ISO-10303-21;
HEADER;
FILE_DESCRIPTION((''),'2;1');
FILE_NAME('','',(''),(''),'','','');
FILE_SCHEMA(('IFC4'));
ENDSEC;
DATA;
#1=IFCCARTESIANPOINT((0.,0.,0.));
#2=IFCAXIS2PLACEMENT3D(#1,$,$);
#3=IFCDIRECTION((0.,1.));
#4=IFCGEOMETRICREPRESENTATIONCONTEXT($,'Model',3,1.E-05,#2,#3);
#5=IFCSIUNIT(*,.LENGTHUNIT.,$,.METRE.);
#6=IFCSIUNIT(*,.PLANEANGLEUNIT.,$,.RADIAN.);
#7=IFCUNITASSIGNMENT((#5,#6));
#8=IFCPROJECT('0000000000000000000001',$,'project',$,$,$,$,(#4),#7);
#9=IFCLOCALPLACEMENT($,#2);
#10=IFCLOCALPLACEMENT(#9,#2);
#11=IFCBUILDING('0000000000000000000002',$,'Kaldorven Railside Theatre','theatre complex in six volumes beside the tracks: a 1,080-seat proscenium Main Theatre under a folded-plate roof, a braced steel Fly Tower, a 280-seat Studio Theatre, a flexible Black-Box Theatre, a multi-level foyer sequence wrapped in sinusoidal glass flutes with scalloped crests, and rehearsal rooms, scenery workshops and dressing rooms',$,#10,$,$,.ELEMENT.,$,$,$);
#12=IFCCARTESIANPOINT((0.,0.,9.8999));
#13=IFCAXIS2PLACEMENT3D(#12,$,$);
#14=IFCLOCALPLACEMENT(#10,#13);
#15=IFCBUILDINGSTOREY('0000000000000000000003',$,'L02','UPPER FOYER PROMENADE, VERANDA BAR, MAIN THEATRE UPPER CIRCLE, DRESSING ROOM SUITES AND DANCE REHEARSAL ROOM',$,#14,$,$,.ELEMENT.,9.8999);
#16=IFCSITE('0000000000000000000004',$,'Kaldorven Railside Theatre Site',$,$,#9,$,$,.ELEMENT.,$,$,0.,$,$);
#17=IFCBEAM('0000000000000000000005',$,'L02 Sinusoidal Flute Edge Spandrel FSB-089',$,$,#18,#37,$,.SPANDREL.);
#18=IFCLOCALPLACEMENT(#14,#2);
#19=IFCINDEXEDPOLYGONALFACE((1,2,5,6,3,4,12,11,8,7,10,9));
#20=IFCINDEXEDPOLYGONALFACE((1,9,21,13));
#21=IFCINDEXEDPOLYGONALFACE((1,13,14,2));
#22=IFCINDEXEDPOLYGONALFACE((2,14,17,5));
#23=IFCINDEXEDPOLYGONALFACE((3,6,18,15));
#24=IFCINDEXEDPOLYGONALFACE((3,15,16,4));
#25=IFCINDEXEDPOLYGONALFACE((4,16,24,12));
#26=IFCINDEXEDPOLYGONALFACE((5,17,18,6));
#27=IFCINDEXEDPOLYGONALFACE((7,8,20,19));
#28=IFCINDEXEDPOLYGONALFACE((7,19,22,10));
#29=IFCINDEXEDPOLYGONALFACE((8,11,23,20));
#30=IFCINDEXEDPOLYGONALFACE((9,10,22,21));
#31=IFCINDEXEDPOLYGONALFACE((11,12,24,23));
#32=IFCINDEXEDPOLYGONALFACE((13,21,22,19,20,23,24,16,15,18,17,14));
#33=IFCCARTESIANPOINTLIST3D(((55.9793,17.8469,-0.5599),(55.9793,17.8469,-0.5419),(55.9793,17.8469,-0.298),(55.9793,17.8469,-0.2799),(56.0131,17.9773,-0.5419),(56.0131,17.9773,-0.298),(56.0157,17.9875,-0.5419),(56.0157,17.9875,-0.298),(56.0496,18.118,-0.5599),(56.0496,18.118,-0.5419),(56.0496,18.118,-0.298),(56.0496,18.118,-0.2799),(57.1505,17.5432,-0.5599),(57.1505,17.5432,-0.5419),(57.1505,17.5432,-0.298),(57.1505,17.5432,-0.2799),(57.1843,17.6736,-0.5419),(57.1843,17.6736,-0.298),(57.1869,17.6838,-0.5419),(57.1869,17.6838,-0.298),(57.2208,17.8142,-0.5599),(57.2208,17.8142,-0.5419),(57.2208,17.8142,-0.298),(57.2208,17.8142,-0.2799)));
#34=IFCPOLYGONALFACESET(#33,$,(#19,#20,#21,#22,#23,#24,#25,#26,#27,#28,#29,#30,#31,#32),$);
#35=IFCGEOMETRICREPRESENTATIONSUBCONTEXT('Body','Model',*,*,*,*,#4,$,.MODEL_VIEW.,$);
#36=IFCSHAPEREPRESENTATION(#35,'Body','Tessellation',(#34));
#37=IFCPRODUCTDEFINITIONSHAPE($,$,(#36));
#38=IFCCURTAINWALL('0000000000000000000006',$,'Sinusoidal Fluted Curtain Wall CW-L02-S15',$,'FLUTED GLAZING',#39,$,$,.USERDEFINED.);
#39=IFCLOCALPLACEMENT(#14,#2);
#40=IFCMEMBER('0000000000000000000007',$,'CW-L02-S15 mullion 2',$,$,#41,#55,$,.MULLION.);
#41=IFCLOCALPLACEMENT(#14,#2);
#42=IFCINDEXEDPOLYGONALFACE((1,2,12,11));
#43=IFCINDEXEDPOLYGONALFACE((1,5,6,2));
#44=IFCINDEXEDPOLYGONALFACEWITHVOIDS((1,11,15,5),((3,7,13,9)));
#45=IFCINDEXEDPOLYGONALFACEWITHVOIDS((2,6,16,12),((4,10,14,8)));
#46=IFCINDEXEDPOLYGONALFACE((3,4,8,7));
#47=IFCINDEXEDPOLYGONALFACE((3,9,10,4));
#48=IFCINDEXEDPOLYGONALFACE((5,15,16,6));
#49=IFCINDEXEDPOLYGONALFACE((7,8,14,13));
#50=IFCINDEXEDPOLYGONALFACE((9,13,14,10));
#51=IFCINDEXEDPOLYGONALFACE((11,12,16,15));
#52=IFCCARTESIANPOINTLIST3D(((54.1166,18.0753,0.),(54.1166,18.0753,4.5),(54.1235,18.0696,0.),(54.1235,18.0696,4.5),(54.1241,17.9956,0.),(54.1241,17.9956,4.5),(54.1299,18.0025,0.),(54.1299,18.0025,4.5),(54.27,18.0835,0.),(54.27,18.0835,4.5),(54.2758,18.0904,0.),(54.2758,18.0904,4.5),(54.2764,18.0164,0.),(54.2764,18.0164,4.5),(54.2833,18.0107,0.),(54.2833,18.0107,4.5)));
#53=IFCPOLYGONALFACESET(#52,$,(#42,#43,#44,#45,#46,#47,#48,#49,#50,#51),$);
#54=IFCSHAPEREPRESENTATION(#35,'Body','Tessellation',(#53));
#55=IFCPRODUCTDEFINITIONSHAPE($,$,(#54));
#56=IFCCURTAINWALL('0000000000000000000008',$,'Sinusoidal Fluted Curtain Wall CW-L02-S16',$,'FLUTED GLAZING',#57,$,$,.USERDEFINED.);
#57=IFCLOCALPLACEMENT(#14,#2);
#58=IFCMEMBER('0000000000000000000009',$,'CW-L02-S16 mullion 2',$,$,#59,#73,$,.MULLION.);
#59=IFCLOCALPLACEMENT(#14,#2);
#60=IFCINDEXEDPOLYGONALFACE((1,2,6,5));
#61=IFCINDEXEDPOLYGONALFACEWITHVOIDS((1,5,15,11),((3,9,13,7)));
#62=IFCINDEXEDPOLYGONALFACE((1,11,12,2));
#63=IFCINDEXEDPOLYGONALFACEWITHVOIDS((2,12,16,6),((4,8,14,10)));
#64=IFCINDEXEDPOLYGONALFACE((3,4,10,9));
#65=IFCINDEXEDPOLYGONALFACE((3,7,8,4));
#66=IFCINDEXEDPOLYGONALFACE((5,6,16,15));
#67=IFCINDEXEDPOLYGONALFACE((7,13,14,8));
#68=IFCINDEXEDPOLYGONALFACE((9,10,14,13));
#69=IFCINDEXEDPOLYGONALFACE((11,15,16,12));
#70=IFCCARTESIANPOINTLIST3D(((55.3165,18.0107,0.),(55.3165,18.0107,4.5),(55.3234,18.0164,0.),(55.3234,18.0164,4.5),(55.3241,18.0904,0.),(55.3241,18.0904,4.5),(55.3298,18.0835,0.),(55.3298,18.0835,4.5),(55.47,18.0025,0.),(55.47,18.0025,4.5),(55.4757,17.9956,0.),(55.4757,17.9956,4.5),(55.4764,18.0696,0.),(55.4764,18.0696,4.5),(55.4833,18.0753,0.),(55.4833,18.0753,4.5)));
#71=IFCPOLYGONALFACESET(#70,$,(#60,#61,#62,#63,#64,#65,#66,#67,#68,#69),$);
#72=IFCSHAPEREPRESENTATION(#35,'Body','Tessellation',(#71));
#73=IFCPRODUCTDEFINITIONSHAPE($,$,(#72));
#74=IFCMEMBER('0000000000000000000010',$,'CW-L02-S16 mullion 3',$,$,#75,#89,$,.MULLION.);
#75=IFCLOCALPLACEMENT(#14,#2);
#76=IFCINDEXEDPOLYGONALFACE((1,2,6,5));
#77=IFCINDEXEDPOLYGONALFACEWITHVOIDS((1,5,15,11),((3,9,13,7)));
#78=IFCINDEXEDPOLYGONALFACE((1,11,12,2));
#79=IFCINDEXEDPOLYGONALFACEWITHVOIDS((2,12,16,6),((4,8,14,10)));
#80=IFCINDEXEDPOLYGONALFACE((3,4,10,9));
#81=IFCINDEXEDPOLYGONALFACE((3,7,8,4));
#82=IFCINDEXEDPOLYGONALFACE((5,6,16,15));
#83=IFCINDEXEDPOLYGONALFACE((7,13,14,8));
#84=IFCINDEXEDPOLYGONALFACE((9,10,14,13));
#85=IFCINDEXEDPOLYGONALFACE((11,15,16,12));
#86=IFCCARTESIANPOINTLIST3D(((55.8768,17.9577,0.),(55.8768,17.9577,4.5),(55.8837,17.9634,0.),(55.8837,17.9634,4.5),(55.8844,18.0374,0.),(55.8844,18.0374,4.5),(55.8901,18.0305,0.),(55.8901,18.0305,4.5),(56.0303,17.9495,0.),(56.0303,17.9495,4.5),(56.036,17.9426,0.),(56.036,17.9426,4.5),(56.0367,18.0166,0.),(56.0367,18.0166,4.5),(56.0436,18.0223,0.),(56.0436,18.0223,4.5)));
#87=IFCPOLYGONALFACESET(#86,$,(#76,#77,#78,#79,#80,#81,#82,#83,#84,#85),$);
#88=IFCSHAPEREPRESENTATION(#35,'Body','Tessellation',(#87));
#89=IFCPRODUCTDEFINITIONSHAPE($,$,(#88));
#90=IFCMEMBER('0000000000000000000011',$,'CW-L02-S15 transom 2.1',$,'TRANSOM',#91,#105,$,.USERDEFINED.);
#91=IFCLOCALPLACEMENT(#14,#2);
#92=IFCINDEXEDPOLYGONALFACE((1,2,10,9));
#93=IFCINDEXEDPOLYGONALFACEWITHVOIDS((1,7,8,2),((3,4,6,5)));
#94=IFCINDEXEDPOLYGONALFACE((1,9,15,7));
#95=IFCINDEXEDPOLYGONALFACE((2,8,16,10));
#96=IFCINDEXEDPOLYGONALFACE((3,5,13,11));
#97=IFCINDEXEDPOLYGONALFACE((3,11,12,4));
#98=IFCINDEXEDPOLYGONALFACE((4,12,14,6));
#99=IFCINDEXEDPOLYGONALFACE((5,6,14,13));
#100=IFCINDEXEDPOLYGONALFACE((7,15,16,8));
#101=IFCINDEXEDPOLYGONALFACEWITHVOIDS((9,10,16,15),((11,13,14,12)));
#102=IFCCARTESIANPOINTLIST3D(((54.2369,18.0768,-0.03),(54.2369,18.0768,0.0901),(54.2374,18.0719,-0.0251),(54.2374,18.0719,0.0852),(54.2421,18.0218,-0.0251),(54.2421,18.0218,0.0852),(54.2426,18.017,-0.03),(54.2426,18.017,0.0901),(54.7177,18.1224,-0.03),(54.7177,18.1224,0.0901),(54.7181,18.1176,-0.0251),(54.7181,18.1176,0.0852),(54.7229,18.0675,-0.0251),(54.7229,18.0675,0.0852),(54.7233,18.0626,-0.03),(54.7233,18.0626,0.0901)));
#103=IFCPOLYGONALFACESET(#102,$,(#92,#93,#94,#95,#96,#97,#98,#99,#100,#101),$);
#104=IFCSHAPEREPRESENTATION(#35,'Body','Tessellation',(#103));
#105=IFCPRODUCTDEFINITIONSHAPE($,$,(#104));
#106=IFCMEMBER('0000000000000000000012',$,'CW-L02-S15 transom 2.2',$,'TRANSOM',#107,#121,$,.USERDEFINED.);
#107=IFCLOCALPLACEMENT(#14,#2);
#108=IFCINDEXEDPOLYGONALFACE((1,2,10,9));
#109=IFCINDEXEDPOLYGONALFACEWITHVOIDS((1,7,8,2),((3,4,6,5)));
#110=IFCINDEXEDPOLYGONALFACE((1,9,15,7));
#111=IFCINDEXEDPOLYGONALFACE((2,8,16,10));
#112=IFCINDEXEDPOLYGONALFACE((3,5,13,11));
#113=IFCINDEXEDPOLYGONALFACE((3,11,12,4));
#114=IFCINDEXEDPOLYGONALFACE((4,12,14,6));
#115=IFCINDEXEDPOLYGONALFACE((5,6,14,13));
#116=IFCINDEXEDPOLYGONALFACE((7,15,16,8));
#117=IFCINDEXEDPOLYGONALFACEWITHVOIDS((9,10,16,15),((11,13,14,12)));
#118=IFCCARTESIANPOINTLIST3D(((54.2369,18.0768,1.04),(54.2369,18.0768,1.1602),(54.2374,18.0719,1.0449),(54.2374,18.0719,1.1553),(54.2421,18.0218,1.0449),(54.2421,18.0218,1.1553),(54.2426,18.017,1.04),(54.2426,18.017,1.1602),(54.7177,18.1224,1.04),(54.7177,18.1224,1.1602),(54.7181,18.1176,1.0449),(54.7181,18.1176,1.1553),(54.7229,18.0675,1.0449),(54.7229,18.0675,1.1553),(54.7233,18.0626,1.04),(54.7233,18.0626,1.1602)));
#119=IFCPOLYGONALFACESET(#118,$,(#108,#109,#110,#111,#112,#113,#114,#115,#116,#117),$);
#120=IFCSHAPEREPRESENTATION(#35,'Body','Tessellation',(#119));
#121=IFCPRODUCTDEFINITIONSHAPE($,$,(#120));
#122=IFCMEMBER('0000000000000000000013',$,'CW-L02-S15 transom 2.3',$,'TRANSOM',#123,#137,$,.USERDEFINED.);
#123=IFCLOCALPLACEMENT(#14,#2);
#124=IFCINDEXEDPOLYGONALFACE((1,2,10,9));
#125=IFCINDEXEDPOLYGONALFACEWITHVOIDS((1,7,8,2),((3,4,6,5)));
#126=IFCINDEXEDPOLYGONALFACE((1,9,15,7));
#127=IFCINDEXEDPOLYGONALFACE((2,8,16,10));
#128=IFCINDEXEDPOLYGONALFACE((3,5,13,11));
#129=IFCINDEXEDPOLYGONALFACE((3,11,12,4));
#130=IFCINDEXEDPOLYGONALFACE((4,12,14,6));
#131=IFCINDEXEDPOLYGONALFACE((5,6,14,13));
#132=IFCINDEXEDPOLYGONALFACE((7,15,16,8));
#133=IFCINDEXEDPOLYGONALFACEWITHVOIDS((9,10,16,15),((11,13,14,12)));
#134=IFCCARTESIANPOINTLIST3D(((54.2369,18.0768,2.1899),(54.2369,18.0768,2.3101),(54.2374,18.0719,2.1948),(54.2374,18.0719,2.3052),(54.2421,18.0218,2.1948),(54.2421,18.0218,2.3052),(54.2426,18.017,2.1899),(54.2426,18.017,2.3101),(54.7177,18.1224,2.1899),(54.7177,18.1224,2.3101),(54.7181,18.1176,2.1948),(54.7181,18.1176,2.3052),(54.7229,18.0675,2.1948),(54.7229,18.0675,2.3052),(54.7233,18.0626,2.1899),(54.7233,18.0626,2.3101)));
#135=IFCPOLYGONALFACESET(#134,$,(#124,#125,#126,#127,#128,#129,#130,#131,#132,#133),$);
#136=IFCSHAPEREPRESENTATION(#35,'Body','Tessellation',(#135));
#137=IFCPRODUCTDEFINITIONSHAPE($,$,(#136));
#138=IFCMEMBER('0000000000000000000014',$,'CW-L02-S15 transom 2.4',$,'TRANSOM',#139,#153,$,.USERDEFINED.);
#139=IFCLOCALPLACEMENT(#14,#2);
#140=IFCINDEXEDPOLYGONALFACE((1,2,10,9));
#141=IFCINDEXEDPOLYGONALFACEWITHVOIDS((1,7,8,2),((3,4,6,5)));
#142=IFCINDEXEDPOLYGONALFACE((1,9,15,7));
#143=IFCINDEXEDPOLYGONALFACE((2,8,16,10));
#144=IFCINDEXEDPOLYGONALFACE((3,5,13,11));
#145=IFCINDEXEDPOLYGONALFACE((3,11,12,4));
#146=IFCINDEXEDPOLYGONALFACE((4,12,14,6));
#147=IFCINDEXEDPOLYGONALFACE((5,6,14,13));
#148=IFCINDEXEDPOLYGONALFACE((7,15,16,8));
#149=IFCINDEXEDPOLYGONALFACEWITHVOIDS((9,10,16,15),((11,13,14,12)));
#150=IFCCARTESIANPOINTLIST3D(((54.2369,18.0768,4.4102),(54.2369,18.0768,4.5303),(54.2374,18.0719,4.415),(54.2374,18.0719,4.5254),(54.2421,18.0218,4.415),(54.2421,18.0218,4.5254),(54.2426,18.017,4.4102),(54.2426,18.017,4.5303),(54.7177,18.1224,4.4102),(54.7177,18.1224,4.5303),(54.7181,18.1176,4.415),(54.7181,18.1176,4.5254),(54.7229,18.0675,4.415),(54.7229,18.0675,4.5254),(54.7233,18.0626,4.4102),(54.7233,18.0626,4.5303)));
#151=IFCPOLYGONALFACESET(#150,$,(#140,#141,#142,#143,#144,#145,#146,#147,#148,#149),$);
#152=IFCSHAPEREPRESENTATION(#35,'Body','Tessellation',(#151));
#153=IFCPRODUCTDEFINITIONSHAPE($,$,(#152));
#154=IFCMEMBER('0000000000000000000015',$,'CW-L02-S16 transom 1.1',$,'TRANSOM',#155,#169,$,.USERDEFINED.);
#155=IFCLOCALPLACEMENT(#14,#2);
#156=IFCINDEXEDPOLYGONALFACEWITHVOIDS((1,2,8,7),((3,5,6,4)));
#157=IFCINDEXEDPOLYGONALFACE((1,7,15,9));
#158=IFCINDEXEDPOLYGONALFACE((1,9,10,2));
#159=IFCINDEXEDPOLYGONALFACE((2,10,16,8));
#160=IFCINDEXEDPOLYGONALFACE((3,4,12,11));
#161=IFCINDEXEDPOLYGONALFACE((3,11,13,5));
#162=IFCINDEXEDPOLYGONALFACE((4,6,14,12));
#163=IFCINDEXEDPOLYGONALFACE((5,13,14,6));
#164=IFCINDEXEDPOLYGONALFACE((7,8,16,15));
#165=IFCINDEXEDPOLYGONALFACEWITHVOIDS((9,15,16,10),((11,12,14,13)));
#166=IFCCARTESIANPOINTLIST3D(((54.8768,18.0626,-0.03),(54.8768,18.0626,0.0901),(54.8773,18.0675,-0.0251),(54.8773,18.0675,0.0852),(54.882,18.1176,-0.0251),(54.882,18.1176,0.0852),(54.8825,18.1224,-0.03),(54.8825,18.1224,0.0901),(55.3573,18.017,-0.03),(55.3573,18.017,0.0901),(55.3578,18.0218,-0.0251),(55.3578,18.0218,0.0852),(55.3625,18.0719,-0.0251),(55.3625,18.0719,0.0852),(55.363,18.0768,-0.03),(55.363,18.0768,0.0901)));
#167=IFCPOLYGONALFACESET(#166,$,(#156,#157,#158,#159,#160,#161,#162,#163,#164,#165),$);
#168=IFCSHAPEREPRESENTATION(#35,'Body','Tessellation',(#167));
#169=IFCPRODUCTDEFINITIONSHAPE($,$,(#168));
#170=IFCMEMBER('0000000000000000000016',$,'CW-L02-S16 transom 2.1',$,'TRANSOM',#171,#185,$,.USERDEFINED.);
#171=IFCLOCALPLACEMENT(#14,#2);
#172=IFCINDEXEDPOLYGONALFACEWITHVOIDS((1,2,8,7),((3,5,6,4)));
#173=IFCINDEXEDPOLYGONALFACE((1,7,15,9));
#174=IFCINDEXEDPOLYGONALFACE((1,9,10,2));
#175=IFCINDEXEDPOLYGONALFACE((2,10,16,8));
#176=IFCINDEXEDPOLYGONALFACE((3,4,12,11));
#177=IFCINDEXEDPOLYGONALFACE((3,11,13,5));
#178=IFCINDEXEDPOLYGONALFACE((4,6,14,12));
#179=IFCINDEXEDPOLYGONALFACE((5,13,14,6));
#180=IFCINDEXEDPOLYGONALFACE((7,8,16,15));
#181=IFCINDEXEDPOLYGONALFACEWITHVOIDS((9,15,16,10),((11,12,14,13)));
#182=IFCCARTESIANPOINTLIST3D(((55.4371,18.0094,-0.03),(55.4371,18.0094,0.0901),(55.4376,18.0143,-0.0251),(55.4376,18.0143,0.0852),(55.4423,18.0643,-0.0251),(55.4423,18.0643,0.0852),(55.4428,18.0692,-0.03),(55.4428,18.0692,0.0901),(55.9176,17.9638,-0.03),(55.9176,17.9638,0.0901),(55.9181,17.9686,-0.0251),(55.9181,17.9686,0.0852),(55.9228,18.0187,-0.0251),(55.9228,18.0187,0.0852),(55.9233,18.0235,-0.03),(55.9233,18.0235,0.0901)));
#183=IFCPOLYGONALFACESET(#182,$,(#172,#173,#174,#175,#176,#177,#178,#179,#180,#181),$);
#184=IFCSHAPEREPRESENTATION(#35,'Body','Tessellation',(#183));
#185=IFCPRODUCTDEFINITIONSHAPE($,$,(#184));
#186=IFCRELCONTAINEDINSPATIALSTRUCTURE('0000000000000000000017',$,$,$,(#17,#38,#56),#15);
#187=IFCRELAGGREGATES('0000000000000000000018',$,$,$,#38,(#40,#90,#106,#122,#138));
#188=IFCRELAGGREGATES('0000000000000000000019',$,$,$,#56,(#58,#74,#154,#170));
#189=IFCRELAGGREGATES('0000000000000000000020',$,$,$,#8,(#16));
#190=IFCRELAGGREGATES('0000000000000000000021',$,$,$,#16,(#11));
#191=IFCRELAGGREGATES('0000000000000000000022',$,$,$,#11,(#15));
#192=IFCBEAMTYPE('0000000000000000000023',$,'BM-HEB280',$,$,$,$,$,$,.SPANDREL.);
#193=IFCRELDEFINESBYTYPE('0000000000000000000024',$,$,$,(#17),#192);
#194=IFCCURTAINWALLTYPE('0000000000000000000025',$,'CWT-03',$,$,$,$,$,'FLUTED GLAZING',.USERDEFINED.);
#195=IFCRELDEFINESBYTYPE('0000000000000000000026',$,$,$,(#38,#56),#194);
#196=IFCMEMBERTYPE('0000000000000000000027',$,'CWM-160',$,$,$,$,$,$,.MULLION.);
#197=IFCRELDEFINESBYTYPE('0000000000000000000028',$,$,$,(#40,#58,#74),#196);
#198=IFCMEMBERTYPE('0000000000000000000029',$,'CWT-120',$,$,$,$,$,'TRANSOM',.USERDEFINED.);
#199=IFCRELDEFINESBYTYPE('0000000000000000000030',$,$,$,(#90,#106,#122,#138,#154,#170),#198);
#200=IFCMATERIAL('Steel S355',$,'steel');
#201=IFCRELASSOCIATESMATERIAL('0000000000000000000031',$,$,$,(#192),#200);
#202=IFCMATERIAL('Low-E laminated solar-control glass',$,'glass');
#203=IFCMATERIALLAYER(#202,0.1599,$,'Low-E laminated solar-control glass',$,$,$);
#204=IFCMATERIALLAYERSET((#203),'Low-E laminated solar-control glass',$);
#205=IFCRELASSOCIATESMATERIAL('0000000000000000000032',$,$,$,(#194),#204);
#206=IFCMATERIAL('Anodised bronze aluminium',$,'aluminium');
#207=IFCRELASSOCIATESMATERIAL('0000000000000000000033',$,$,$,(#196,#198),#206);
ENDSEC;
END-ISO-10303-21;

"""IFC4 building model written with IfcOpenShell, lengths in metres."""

from ifc_helpers import new_model, si_unit, direction, frame, origin, origin_2d, place, context, subcontext, project, spatial, hollow_rectangle, i_section, extrude, material, layer, layer_set, material_profile, profile_set, type_object, element, aggregate, save


model = new_model("IFC4")

# Units and contexts
model_context = context("Model", 3, precision=1e-05, world=origin(), true_north=direction((0.0, 1.0)))
body_context = subcontext(model_context, "Body", "Model", "MODEL_VIEW")
ifc_project = project(units=[si_unit("LENGTHUNIT", "METRE"), si_unit("PLANEANGLEUNIT", "RADIAN")], contexts=[model_context])

# Site, building, storey
site_placement = place(None, origin())
site = spatial("IfcSite", under=ifc_project, at=site_placement, Name="Kaldorven Railside Theatre Site", CompositionType="ELEMENT", RefElevation=0.0)
building_placement = place(site_placement, origin())
building = spatial("IfcBuilding", under=site, at=building_placement, Name="Kaldorven Railside Theatre", Description="theatre complex in six volumes beside the tracks: a 1,080-seat proscenium Main Theatre under a folded-plate roof, a braced steel Fly Tower, a 280-seat Studio Theatre, a flexible Black-Box Theatre, a multi-level foyer sequence wrapped in sinusoidal glass flutes with scalloped crests, and rehearsal rooms, scenery workshops and dressing rooms", CompositionType="ELEMENT")
storey_placement = place(building_placement, frame((0.0, 0.0, 9.8999)))
storey = spatial("IfcBuildingStorey", under=building, at=storey_placement, Name="L02", Description="UPPER FOYER PROMENADE, VERANDA BAR, MAIN THEATRE UPPER CIRCLE, DRESSING ROOM SUITES AND DANCE REHEARSAL ROOM", CompositionType="ELEMENT", Elevation=9.8999)

# Beam
ifc_material_1 = material(Name="Steel S355", Category="steel")
ifc_material_profile_1 = material_profile(ifc_material_1, i_section(OverallWidth=0.28, OverallDepth=0.28, WebThickness=0.0105, FlangeThickness=0.0181, at=origin_2d()), Name="HEB 280")
ifc_profile_set_1 = profile_set([ifc_material_profile_1], Name="Steel S355")
beam_type = type_object("IfcBeamType", Name="BM-HEB280", PredefinedType="SPANDREL", material=ifc_profile_set_1)
beam_placement = place(storey_placement, frame((56.0144, 17.9824, -0.4199), z_axis=(0.967981, -0.251025, 0.0), x_axis=(0.251025, 0.967981, 0.0)))
element("IfcBeam", 1, at=beam_placement, inside=storey, type_object=beam_type, Name="L02 Sinusoidal Flute Edge Spandrel FSB-089", PredefinedType="SPANDREL", context=body_context, shape_type="SweptSolid", body=[
    extrude(i_section(OverallWidth=0.28, OverallDepth=0.28, WebThickness=0.0105, FlangeThickness=0.0181, at=origin_2d()), origin(), (0.0, 0.0, 1.0), 1.21),
])

# Curtain wall, member
ifc_material_2 = material(Name="Low-E laminated solar-control glass", Category="glass")
ifc_layer_1 = layer(ifc_material_2, 0.1599, Name="Low-E laminated solar-control glass")
ifc_layer_set_1 = layer_set([ifc_layer_1], Name="Low-E laminated solar-control glass")
curtain_wall_type = type_object("IfcCurtainWallType", Name="CWT-03", ElementType="FLUTED GLAZING", PredefinedType="USERDEFINED", material=ifc_layer_set_1)
curtain_wall_1_placement = place(storey_placement, origin())
curtain_wall_1 = element("IfcCurtainWall", 2, at=curtain_wall_1_placement, inside=storey, type_object=curtain_wall_type, Name="Sinusoidal Fluted Curtain Wall CW-L02-S15", ObjectType="FLUTED GLAZING", PredefinedType="USERDEFINED")
ifc_material_3 = material(Name="Anodised bronze aluminium", Category="aluminium")
ifc_material_profile_2 = material_profile(ifc_material_3, hollow_rectangle(XDim=0.0801, YDim=0.1599, WallThickness=0.0063, at=origin_2d()), Name="RHS 160x80x6.3")
ifc_profile_set_2 = profile_set([ifc_material_profile_2], Name="Anodised bronze aluminium")
member_type_1 = type_object("IfcMemberType", Name="CWM-160", PredefinedType="MULLION", material=ifc_profile_set_2)
member_1_placement = place(storey_placement, frame((54.2, 18.043, 0.0), z_axis=(0.0, 0.0, 1.0), x_axis=(-0.094492, 0.995526, 0.0)))
member_1 = element("IfcMember", 3, at=member_1_placement, type_object=member_type_1, Name="CW-L02-S15 mullion 2", PredefinedType="MULLION", context=body_context, shape_type="SweptSolid", body=[
    extrude(hollow_rectangle(XDim=0.0801, YDim=0.1599, WallThickness=0.0063, at=origin_2d()), origin(), (0.0, 0.0, 1.0), 4.5),
])

# Curtain wall, members
curtain_wall_2_placement = place(storey_placement, origin())
curtain_wall_2 = element("IfcCurtainWall", 4, at=curtain_wall_2_placement, inside=storey, type_object=curtain_wall_type, Name="Sinusoidal Fluted Curtain Wall CW-L02-S16", ObjectType="FLUTED GLAZING", PredefinedType="USERDEFINED")
member_2_placement = place(storey_placement, frame((55.3999, 18.043, 0.0), z_axis=(0.0, 0.0, 1.0), x_axis=(0.094492, 0.995526, 0.0)))
member_2 = element("IfcMember", 5, at=member_2_placement, type_object=member_type_1, Name="CW-L02-S16 mullion 2", PredefinedType="MULLION", context=body_context, shape_type="SweptSolid", body=[
    extrude(hollow_rectangle(XDim=0.0801, YDim=0.1599, WallThickness=0.0063, at=origin_2d()), origin(), (0.0, 0.0, 1.0), 4.5),
])
member_3_placement = place(storey_placement, frame((55.9602, 17.99, 0.0), z_axis=(0.0, 0.0, 1.0), x_axis=(0.094492, 0.995526, 0.0)))
member_3 = element("IfcMember", 6, at=member_3_placement, type_object=member_type_1, Name="CW-L02-S16 mullion 3", PredefinedType="MULLION", context=body_context, shape_type="SweptSolid", body=[
    extrude(hollow_rectangle(XDim=0.0801, YDim=0.1599, WallThickness=0.0063, at=origin_2d()), origin(), (0.0, 0.0, 1.0), 4.5),
])

# Members
ifc_material_profile_3 = material_profile(ifc_material_3, hollow_rectangle(XDim=0.0601, YDim=0.1201, WallThickness=0.0049, at=origin_2d()), Name="RHS 120x60x5")
ifc_profile_set_3 = profile_set([ifc_material_profile_3], Name="Anodised bronze aluminium")
member_type_2 = type_object("IfcMemberType", Name="CWT-120", ElementType="TRANSOM", PredefinedType="USERDEFINED", material=ifc_profile_set_3)
member_4_placement = place(storey_placement, frame((54.2397, 18.0469, 0.03), z_axis=(0.99552, 0.094547, 0.0), x_axis=(-0.094547, 0.99552, 0.0)))
member_4 = element("IfcMember", 7, at=member_4_placement, type_object=member_type_2, Name="CW-L02-S15 transom 2.1", ObjectType="TRANSOM", PredefinedType="USERDEFINED", context=body_context, shape_type="SweptSolid", body=[
    extrude(hollow_rectangle(XDim=0.0601, YDim=0.1201, WallThickness=0.0049, at=origin_2d()), origin(), (0.0, 0.0, 1.0), 0.4829),
])
member_5_placement = place(storey_placement, frame((54.2397, 18.0469, 1.1001), z_axis=(0.99552, 0.094547, 0.0), x_axis=(-0.094547, 0.99552, 0.0)))
member_5 = element("IfcMember", 8, at=member_5_placement, type_object=member_type_2, Name="CW-L02-S15 transom 2.2", ObjectType="TRANSOM", PredefinedType="USERDEFINED", context=body_context, shape_type="SweptSolid", body=[
    extrude(hollow_rectangle(XDim=0.0601, YDim=0.1201, WallThickness=0.0049, at=origin_2d()), origin(), (0.0, 0.0, 1.0), 0.4829),
])
member_6_placement = place(storey_placement, frame((54.2397, 18.0469, 2.25), z_axis=(0.99552, 0.094547, 0.0), x_axis=(-0.094547, 0.99552, 0.0)))
member_6 = element("IfcMember", 9, at=member_6_placement, type_object=member_type_2, Name="CW-L02-S15 transom 2.3", ObjectType="TRANSOM", PredefinedType="USERDEFINED", context=body_context, shape_type="SweptSolid", body=[
    extrude(hollow_rectangle(XDim=0.0601, YDim=0.1201, WallThickness=0.0049, at=origin_2d()), origin(), (0.0, 0.0, 1.0), 0.4829),
])
member_7_placement = place(storey_placement, frame((54.2397, 18.0469, 4.4702), z_axis=(0.99552, 0.094547, 0.0), x_axis=(-0.094547, 0.99552, 0.0)))
member_7 = element("IfcMember", 10, at=member_7_placement, type_object=member_type_2, Name="CW-L02-S15 transom 2.4", ObjectType="TRANSOM", PredefinedType="USERDEFINED", context=body_context, shape_type="SweptSolid", body=[
    extrude(hollow_rectangle(XDim=0.0601, YDim=0.1201, WallThickness=0.0049, at=origin_2d()), origin(), (0.0, 0.0, 1.0), 0.4829),
])
member_8_placement = place(storey_placement, frame((54.8796, 18.0925, 0.03), z_axis=(0.995516, -0.094594, 0.0), x_axis=(0.094594, 0.995516, 0.0)))
member_8 = element("IfcMember", 11, at=member_8_placement, type_object=member_type_2, Name="CW-L02-S16 transom 1.1", ObjectType="TRANSOM", PredefinedType="USERDEFINED", context=body_context, shape_type="SweptSolid", body=[
    extrude(hollow_rectangle(XDim=0.0601, YDim=0.1201, WallThickness=0.0049, at=origin_2d()), origin(), (0.0, 0.0, 1.0), 0.4827),
])
member_9_placement = place(storey_placement, frame((55.4399, 18.0393, 0.03), z_axis=(0.995516, -0.094594, 0.0), x_axis=(0.094594, 0.995516, 0.0)))
member_9 = element("IfcMember", 12, at=member_9_placement, type_object=member_type_2, Name="CW-L02-S16 transom 2.1", ObjectType="TRANSOM", PredefinedType="USERDEFINED", context=body_context, shape_type="SweptSolid", body=[
    extrude(hollow_rectangle(XDim=0.0601, YDim=0.1201, WallThickness=0.0049, at=origin_2d()), origin(), (0.0, 0.0, 1.0), 0.4827),
])

aggregate(curtain_wall_1, [member_1, member_4, member_5, member_6, member_7])
aggregate(curtain_wall_2, [member_2, member_3, member_8, member_9])

save(model, "model.ifc")
